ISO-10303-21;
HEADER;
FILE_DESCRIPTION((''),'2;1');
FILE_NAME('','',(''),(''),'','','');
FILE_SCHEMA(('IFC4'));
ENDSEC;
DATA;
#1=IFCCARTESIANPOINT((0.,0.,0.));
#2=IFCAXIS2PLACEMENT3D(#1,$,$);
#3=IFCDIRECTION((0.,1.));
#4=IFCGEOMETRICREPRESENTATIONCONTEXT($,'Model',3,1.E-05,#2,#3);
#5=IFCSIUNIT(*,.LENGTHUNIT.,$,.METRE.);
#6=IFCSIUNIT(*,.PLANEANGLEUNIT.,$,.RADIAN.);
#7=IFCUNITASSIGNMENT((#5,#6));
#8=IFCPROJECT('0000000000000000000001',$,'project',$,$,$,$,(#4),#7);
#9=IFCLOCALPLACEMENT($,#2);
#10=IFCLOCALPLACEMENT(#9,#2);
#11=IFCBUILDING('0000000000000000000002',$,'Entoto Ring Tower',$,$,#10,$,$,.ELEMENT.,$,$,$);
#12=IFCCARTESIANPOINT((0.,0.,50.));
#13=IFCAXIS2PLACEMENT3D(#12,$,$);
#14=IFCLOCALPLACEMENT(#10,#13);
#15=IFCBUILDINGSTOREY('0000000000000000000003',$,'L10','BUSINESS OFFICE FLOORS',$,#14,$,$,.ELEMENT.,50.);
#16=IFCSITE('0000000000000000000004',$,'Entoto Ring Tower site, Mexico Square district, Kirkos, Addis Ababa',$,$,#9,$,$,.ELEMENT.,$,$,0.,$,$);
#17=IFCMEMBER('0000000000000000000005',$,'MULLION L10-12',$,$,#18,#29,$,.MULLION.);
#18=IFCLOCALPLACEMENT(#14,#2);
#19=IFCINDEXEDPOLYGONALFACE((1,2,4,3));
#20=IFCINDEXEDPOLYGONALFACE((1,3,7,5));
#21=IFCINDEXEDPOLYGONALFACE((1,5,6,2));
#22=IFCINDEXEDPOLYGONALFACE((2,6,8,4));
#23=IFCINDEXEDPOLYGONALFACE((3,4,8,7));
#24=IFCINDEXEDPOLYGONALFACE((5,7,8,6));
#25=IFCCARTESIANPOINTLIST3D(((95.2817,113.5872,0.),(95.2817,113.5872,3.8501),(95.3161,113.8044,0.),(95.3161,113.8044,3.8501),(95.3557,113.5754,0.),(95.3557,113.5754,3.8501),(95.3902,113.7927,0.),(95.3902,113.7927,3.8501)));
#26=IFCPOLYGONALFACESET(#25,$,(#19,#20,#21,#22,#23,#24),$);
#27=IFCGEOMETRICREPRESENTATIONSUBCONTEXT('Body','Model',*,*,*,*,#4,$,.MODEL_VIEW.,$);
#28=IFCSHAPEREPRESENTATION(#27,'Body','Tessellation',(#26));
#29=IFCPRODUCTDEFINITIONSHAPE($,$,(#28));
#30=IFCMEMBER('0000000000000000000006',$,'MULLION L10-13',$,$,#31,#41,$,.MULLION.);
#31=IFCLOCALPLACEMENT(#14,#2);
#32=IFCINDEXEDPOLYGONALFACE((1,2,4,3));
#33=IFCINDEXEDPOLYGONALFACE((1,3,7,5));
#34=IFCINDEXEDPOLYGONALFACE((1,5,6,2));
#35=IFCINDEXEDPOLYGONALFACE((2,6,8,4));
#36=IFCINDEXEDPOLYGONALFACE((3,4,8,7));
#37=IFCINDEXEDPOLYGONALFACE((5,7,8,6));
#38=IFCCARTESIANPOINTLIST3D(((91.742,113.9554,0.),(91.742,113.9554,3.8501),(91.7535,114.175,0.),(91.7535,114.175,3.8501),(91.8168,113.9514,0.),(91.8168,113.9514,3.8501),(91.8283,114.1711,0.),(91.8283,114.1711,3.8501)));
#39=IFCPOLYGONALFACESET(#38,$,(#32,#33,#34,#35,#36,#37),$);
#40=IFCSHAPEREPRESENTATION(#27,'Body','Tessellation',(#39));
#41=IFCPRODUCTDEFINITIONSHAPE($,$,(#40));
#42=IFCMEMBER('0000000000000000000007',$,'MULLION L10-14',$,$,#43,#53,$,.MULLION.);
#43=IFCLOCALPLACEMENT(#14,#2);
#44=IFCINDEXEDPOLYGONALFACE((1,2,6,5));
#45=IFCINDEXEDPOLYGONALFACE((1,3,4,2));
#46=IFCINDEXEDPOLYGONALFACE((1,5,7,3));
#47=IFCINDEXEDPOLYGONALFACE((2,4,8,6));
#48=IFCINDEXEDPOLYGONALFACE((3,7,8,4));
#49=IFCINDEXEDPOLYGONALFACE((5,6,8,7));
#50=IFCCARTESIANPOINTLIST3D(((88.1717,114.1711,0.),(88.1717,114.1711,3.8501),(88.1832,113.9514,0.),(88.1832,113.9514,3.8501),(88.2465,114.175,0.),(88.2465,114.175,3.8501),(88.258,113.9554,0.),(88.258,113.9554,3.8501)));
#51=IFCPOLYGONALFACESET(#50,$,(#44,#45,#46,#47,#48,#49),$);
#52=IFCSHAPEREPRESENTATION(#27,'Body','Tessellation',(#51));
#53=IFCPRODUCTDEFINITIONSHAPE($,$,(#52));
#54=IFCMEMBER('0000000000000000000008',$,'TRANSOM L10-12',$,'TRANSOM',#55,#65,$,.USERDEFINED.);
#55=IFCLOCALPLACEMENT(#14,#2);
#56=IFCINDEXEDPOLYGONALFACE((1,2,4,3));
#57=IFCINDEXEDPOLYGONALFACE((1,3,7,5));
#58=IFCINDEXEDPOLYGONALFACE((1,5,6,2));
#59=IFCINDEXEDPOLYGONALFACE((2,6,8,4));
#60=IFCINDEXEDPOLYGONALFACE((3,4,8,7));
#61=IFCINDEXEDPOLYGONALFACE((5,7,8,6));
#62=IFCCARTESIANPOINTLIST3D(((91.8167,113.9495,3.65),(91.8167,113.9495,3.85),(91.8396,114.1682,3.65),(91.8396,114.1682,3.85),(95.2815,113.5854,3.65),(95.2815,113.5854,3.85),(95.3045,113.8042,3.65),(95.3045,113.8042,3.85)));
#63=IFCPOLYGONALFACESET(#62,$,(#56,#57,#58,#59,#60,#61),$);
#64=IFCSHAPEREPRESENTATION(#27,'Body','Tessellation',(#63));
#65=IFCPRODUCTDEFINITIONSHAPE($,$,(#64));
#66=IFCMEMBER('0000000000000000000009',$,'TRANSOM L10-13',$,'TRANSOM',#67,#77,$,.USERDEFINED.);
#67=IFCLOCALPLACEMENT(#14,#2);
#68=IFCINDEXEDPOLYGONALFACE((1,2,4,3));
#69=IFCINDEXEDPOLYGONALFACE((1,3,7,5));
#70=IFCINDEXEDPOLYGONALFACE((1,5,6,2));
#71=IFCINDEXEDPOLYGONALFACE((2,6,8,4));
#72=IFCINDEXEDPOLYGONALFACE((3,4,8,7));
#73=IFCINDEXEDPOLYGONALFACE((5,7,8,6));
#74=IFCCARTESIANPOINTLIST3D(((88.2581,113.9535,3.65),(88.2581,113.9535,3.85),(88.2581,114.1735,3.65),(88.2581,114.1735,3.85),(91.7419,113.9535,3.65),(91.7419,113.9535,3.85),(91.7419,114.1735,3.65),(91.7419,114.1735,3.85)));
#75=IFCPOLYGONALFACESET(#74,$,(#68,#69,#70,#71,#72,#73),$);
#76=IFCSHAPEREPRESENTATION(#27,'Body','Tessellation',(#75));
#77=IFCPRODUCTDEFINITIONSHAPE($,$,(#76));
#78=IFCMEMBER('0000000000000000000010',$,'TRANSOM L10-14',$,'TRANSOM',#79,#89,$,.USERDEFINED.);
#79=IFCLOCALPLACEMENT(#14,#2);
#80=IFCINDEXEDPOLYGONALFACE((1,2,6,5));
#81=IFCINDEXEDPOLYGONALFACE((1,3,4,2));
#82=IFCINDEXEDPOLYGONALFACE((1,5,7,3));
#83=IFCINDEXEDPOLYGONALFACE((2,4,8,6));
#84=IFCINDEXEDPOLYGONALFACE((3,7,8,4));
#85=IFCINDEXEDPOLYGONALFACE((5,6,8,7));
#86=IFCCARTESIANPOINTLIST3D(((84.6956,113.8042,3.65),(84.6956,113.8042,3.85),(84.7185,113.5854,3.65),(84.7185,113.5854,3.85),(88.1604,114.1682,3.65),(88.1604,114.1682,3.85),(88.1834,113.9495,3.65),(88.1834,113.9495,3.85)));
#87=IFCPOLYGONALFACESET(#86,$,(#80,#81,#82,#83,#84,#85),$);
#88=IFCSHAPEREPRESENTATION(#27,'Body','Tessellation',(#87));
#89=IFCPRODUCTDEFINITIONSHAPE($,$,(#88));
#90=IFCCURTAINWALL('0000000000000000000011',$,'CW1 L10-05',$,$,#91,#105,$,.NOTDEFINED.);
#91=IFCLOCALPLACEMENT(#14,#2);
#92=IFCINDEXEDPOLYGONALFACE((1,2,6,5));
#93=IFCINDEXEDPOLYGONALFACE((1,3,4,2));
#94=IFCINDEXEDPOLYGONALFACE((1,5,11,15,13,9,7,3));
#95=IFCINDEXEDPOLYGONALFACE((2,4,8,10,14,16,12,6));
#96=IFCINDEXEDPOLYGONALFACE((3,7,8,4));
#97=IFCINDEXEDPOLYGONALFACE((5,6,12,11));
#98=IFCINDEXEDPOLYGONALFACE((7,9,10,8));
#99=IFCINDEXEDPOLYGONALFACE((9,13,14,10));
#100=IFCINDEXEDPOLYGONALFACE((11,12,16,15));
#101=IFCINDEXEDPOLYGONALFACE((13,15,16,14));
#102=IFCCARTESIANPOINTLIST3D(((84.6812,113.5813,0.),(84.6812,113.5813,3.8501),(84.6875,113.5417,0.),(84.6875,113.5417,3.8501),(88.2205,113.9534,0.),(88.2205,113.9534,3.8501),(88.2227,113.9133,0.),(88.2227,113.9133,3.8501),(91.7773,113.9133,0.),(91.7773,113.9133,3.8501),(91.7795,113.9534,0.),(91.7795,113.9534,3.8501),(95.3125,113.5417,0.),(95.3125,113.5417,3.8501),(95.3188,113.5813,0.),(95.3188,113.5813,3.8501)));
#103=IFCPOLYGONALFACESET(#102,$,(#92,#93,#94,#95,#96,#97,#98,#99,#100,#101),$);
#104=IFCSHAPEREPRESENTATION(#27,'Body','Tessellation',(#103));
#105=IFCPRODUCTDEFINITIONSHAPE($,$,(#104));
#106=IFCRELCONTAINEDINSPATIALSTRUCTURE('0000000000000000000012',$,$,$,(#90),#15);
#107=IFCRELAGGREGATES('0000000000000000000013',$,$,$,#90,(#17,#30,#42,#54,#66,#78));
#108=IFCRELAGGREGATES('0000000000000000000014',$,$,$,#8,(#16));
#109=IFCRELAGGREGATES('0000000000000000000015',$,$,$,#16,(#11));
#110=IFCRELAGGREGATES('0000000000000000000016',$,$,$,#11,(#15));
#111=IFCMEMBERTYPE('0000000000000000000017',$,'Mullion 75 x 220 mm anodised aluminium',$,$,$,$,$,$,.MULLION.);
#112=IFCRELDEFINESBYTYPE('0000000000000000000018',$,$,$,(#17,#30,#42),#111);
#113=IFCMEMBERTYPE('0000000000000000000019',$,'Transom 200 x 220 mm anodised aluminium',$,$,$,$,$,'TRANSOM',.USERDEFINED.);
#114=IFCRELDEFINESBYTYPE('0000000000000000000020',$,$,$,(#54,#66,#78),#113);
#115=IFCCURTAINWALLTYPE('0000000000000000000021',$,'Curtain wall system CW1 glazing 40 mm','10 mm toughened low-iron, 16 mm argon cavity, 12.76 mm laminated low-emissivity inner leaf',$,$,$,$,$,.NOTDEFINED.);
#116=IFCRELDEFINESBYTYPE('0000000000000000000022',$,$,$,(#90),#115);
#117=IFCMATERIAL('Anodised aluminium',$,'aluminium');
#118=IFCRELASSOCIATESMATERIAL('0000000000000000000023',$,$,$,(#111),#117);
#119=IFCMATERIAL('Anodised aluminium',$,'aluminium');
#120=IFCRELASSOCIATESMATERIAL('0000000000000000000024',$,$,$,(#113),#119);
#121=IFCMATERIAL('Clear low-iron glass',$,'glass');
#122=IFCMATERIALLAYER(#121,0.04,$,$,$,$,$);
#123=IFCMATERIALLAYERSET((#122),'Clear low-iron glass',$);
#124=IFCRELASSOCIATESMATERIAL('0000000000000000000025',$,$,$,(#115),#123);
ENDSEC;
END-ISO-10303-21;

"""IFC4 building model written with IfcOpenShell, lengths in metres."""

from ifc_helpers import new_model, si_unit, direction, frame, origin, origin_2d, place, context, subcontext, project, spatial, polyline, rectangle, outline, extrude, material, layer, layer_set, material_profile, profile_set, type_object, element, aggregate, save


model = new_model("IFC4")

# Units and contexts
model_context = context("Model", 3, precision=1e-05, world=origin(), true_north=direction((0.0, 1.0)))
body_context = subcontext(model_context, "Body", "Model", "MODEL_VIEW")
ifc_project = project(units=[si_unit("LENGTHUNIT", "METRE"), si_unit("PLANEANGLEUNIT", "RADIAN")], contexts=[model_context])

# Members
ifc_material_1 = material(Name="Anodised aluminium", Category="aluminium")
ifc_material_profile_1 = material_profile(ifc_material_1, rectangle(XDim=0.075, YDim=0.22, at=origin_2d()), Name="Mullion 75 x 220 mm anodised aluminium")
ifc_profile_set_1 = profile_set([ifc_material_profile_1], Name="Anodised aluminium")
member_type_1 = type_object("IfcMemberType", Name="Mullion 75 x 220 mm anodised aluminium", PredefinedType="MULLION", material=ifc_profile_set_1)
site_placement = place(None, origin())
building_placement = place(site_placement, origin())
storey_placement = place(building_placement, frame((0.0, 0.0, 50.0)))
member_1_placement = place(storey_placement, frame((95.3359, 113.6899, 0.0), z_axis=(0.0, 0.0, 1.0), x_axis=(-0.987688, 0.156434, 0.0)))
member_1 = element("IfcMember", 1, at=member_1_placement, type_object=member_type_1, Name="MULLION L10-12", PredefinedType="MULLION", context=body_context, shape_type="SweptSolid", body=[
    extrude(rectangle(XDim=0.075, YDim=0.22, at=origin_2d()), origin(), (0.0, 0.0, 1.0), 3.8501),
])
member_2_placement = place(storey_placement, frame((91.7852, 114.0632, 0.0), z_axis=(0.0, 0.0, 1.0), x_axis=(-0.99863, 0.052336, 0.0)))
member_2 = element("IfcMember", 2, at=member_2_placement, type_object=member_type_1, Name="MULLION L10-13", PredefinedType="MULLION", context=body_context, shape_type="SweptSolid", body=[
    extrude(rectangle(XDim=0.075, YDim=0.22, at=origin_2d()), origin(), (0.0, 0.0, 1.0), 3.8501),
])
member_3_placement = place(storey_placement, frame((88.2148, 114.0632, 0.0), z_axis=(0.0, 0.0, 1.0), x_axis=(-0.99863, -0.052336, 0.0)))
member_3 = element("IfcMember", 3, at=member_3_placement, type_object=member_type_1, Name="MULLION L10-14", PredefinedType="MULLION", context=body_context, shape_type="SweptSolid", body=[
    extrude(rectangle(XDim=0.075, YDim=0.22, at=origin_2d()), origin(), (0.0, 0.0, 1.0), 3.8501),
])
ifc_material_2 = material(Name="Anodised aluminium", Category="aluminium")
ifc_material_profile_2 = material_profile(ifc_material_2, rectangle(XDim=0.22, YDim=0.2, at=origin_2d()), Name="Transom 200 x 220 mm anodised aluminium")
ifc_profile_set_2 = profile_set([ifc_material_profile_2], Name="Anodised aluminium")
member_type_2 = type_object("IfcMemberType", Name="Transom 200 x 220 mm anodised aluminium", ElementType="TRANSOM", PredefinedType="USERDEFINED", material=ifc_profile_set_2)
member_4_placement = place(storey_placement, frame((95.293, 113.6948, 3.75), z_axis=(-0.994527, 0.104484, 0.0), x_axis=(-0.104484, -0.994527, 0.0)))
member_4 = element("IfcMember", 4, at=member_4_placement, type_object=member_type_2, Name="TRANSOM L10-12", ObjectType="TRANSOM", PredefinedType="USERDEFINED", context=body_context, shape_type="SweptSolid", body=[
    extrude(rectangle(XDim=0.22, YDim=0.2, at=origin_2d()), origin(), (0.0, 0.0, 1.0), 3.4839),
])
member_5_placement = place(storey_placement, frame((91.7419, 114.0635, 3.75), z_axis=(-1.0, 0.0, 0.0), x_axis=(0.0, -1.0, 0.0)))
member_5 = element("IfcMember", 5, at=member_5_placement, type_object=member_type_2, Name="TRANSOM L10-13", ObjectType="TRANSOM", PredefinedType="USERDEFINED", context=body_context, shape_type="SweptSolid", body=[
    extrude(rectangle(XDim=0.22, YDim=0.2, at=origin_2d()), origin(), (0.0, 0.0, 1.0), 3.4839),
])
member_6_placement = place(storey_placement, frame((88.1719, 114.0588, 3.75), z_axis=(-0.994527, -0.104484, 0.0), x_axis=(0.104484, -0.994527, 0.0)))
member_6 = element("IfcMember", 6, at=member_6_placement, type_object=member_type_2, Name="TRANSOM L10-14", ObjectType="TRANSOM", PredefinedType="USERDEFINED", context=body_context, shape_type="SweptSolid", body=[
    extrude(rectangle(XDim=0.22, YDim=0.2, at=origin_2d()), origin(), (0.0, 0.0, 1.0), 3.4839),
])

# Site, building, storey
site = spatial("IfcSite", under=ifc_project, at=site_placement, Name="Entoto Ring Tower site, Mexico Square district, Kirkos, Addis Ababa", CompositionType="ELEMENT", RefElevation=0.0)
building = spatial("IfcBuilding", under=site, at=building_placement, Name="Entoto Ring Tower", CompositionType="ELEMENT")
storey = spatial("IfcBuildingStorey", under=building, at=storey_placement, Name="L10", Description="BUSINESS OFFICE FLOORS", CompositionType="ELEMENT", Elevation=50.0)

# Curtain wall
ifc_material_3 = material(Name="Clear low-iron glass", Category="glass")
ifc_layer = layer(ifc_material_3, 0.04)
ifc_layer_set = layer_set([ifc_layer], Name="Clear low-iron glass")
curtain_wall_type = type_object("IfcCurtainWallType", Name="Curtain wall system CW1 glazing 40 mm", Description="10 mm toughened low-iron, 16 mm argon cavity, 12.76 mm laminated low-emissivity inner leaf", PredefinedType="NOTDEFINED", material=ifc_layer_set)
curtain_wall_1_placement = place(storey_placement, origin())
curtain_wall_1 = element("IfcCurtainWall", 7, at=curtain_wall_1_placement, inside=storey, type_object=curtain_wall_type, Name="CW1 L10-05", PredefinedType="NOTDEFINED", context=body_context, shape_type="SweptSolid", body=[
    extrude(outline(polyline([(95.3188, 113.5813), (91.7795, 113.9534), (88.2205, 113.9534), (84.6812, 113.5813), (84.6875, 113.5417), (88.2227, 113.9133), (91.7773, 113.9133), (95.3125, 113.5417), (95.3188, 113.5813)])), origin(), (0.0, 0.0, 1.0), 3.8501),
])
aggregate(curtain_wall_1, [member_1, member_2, member_3, member_4, member_5, member_6])

save(model, "model.ifc")
